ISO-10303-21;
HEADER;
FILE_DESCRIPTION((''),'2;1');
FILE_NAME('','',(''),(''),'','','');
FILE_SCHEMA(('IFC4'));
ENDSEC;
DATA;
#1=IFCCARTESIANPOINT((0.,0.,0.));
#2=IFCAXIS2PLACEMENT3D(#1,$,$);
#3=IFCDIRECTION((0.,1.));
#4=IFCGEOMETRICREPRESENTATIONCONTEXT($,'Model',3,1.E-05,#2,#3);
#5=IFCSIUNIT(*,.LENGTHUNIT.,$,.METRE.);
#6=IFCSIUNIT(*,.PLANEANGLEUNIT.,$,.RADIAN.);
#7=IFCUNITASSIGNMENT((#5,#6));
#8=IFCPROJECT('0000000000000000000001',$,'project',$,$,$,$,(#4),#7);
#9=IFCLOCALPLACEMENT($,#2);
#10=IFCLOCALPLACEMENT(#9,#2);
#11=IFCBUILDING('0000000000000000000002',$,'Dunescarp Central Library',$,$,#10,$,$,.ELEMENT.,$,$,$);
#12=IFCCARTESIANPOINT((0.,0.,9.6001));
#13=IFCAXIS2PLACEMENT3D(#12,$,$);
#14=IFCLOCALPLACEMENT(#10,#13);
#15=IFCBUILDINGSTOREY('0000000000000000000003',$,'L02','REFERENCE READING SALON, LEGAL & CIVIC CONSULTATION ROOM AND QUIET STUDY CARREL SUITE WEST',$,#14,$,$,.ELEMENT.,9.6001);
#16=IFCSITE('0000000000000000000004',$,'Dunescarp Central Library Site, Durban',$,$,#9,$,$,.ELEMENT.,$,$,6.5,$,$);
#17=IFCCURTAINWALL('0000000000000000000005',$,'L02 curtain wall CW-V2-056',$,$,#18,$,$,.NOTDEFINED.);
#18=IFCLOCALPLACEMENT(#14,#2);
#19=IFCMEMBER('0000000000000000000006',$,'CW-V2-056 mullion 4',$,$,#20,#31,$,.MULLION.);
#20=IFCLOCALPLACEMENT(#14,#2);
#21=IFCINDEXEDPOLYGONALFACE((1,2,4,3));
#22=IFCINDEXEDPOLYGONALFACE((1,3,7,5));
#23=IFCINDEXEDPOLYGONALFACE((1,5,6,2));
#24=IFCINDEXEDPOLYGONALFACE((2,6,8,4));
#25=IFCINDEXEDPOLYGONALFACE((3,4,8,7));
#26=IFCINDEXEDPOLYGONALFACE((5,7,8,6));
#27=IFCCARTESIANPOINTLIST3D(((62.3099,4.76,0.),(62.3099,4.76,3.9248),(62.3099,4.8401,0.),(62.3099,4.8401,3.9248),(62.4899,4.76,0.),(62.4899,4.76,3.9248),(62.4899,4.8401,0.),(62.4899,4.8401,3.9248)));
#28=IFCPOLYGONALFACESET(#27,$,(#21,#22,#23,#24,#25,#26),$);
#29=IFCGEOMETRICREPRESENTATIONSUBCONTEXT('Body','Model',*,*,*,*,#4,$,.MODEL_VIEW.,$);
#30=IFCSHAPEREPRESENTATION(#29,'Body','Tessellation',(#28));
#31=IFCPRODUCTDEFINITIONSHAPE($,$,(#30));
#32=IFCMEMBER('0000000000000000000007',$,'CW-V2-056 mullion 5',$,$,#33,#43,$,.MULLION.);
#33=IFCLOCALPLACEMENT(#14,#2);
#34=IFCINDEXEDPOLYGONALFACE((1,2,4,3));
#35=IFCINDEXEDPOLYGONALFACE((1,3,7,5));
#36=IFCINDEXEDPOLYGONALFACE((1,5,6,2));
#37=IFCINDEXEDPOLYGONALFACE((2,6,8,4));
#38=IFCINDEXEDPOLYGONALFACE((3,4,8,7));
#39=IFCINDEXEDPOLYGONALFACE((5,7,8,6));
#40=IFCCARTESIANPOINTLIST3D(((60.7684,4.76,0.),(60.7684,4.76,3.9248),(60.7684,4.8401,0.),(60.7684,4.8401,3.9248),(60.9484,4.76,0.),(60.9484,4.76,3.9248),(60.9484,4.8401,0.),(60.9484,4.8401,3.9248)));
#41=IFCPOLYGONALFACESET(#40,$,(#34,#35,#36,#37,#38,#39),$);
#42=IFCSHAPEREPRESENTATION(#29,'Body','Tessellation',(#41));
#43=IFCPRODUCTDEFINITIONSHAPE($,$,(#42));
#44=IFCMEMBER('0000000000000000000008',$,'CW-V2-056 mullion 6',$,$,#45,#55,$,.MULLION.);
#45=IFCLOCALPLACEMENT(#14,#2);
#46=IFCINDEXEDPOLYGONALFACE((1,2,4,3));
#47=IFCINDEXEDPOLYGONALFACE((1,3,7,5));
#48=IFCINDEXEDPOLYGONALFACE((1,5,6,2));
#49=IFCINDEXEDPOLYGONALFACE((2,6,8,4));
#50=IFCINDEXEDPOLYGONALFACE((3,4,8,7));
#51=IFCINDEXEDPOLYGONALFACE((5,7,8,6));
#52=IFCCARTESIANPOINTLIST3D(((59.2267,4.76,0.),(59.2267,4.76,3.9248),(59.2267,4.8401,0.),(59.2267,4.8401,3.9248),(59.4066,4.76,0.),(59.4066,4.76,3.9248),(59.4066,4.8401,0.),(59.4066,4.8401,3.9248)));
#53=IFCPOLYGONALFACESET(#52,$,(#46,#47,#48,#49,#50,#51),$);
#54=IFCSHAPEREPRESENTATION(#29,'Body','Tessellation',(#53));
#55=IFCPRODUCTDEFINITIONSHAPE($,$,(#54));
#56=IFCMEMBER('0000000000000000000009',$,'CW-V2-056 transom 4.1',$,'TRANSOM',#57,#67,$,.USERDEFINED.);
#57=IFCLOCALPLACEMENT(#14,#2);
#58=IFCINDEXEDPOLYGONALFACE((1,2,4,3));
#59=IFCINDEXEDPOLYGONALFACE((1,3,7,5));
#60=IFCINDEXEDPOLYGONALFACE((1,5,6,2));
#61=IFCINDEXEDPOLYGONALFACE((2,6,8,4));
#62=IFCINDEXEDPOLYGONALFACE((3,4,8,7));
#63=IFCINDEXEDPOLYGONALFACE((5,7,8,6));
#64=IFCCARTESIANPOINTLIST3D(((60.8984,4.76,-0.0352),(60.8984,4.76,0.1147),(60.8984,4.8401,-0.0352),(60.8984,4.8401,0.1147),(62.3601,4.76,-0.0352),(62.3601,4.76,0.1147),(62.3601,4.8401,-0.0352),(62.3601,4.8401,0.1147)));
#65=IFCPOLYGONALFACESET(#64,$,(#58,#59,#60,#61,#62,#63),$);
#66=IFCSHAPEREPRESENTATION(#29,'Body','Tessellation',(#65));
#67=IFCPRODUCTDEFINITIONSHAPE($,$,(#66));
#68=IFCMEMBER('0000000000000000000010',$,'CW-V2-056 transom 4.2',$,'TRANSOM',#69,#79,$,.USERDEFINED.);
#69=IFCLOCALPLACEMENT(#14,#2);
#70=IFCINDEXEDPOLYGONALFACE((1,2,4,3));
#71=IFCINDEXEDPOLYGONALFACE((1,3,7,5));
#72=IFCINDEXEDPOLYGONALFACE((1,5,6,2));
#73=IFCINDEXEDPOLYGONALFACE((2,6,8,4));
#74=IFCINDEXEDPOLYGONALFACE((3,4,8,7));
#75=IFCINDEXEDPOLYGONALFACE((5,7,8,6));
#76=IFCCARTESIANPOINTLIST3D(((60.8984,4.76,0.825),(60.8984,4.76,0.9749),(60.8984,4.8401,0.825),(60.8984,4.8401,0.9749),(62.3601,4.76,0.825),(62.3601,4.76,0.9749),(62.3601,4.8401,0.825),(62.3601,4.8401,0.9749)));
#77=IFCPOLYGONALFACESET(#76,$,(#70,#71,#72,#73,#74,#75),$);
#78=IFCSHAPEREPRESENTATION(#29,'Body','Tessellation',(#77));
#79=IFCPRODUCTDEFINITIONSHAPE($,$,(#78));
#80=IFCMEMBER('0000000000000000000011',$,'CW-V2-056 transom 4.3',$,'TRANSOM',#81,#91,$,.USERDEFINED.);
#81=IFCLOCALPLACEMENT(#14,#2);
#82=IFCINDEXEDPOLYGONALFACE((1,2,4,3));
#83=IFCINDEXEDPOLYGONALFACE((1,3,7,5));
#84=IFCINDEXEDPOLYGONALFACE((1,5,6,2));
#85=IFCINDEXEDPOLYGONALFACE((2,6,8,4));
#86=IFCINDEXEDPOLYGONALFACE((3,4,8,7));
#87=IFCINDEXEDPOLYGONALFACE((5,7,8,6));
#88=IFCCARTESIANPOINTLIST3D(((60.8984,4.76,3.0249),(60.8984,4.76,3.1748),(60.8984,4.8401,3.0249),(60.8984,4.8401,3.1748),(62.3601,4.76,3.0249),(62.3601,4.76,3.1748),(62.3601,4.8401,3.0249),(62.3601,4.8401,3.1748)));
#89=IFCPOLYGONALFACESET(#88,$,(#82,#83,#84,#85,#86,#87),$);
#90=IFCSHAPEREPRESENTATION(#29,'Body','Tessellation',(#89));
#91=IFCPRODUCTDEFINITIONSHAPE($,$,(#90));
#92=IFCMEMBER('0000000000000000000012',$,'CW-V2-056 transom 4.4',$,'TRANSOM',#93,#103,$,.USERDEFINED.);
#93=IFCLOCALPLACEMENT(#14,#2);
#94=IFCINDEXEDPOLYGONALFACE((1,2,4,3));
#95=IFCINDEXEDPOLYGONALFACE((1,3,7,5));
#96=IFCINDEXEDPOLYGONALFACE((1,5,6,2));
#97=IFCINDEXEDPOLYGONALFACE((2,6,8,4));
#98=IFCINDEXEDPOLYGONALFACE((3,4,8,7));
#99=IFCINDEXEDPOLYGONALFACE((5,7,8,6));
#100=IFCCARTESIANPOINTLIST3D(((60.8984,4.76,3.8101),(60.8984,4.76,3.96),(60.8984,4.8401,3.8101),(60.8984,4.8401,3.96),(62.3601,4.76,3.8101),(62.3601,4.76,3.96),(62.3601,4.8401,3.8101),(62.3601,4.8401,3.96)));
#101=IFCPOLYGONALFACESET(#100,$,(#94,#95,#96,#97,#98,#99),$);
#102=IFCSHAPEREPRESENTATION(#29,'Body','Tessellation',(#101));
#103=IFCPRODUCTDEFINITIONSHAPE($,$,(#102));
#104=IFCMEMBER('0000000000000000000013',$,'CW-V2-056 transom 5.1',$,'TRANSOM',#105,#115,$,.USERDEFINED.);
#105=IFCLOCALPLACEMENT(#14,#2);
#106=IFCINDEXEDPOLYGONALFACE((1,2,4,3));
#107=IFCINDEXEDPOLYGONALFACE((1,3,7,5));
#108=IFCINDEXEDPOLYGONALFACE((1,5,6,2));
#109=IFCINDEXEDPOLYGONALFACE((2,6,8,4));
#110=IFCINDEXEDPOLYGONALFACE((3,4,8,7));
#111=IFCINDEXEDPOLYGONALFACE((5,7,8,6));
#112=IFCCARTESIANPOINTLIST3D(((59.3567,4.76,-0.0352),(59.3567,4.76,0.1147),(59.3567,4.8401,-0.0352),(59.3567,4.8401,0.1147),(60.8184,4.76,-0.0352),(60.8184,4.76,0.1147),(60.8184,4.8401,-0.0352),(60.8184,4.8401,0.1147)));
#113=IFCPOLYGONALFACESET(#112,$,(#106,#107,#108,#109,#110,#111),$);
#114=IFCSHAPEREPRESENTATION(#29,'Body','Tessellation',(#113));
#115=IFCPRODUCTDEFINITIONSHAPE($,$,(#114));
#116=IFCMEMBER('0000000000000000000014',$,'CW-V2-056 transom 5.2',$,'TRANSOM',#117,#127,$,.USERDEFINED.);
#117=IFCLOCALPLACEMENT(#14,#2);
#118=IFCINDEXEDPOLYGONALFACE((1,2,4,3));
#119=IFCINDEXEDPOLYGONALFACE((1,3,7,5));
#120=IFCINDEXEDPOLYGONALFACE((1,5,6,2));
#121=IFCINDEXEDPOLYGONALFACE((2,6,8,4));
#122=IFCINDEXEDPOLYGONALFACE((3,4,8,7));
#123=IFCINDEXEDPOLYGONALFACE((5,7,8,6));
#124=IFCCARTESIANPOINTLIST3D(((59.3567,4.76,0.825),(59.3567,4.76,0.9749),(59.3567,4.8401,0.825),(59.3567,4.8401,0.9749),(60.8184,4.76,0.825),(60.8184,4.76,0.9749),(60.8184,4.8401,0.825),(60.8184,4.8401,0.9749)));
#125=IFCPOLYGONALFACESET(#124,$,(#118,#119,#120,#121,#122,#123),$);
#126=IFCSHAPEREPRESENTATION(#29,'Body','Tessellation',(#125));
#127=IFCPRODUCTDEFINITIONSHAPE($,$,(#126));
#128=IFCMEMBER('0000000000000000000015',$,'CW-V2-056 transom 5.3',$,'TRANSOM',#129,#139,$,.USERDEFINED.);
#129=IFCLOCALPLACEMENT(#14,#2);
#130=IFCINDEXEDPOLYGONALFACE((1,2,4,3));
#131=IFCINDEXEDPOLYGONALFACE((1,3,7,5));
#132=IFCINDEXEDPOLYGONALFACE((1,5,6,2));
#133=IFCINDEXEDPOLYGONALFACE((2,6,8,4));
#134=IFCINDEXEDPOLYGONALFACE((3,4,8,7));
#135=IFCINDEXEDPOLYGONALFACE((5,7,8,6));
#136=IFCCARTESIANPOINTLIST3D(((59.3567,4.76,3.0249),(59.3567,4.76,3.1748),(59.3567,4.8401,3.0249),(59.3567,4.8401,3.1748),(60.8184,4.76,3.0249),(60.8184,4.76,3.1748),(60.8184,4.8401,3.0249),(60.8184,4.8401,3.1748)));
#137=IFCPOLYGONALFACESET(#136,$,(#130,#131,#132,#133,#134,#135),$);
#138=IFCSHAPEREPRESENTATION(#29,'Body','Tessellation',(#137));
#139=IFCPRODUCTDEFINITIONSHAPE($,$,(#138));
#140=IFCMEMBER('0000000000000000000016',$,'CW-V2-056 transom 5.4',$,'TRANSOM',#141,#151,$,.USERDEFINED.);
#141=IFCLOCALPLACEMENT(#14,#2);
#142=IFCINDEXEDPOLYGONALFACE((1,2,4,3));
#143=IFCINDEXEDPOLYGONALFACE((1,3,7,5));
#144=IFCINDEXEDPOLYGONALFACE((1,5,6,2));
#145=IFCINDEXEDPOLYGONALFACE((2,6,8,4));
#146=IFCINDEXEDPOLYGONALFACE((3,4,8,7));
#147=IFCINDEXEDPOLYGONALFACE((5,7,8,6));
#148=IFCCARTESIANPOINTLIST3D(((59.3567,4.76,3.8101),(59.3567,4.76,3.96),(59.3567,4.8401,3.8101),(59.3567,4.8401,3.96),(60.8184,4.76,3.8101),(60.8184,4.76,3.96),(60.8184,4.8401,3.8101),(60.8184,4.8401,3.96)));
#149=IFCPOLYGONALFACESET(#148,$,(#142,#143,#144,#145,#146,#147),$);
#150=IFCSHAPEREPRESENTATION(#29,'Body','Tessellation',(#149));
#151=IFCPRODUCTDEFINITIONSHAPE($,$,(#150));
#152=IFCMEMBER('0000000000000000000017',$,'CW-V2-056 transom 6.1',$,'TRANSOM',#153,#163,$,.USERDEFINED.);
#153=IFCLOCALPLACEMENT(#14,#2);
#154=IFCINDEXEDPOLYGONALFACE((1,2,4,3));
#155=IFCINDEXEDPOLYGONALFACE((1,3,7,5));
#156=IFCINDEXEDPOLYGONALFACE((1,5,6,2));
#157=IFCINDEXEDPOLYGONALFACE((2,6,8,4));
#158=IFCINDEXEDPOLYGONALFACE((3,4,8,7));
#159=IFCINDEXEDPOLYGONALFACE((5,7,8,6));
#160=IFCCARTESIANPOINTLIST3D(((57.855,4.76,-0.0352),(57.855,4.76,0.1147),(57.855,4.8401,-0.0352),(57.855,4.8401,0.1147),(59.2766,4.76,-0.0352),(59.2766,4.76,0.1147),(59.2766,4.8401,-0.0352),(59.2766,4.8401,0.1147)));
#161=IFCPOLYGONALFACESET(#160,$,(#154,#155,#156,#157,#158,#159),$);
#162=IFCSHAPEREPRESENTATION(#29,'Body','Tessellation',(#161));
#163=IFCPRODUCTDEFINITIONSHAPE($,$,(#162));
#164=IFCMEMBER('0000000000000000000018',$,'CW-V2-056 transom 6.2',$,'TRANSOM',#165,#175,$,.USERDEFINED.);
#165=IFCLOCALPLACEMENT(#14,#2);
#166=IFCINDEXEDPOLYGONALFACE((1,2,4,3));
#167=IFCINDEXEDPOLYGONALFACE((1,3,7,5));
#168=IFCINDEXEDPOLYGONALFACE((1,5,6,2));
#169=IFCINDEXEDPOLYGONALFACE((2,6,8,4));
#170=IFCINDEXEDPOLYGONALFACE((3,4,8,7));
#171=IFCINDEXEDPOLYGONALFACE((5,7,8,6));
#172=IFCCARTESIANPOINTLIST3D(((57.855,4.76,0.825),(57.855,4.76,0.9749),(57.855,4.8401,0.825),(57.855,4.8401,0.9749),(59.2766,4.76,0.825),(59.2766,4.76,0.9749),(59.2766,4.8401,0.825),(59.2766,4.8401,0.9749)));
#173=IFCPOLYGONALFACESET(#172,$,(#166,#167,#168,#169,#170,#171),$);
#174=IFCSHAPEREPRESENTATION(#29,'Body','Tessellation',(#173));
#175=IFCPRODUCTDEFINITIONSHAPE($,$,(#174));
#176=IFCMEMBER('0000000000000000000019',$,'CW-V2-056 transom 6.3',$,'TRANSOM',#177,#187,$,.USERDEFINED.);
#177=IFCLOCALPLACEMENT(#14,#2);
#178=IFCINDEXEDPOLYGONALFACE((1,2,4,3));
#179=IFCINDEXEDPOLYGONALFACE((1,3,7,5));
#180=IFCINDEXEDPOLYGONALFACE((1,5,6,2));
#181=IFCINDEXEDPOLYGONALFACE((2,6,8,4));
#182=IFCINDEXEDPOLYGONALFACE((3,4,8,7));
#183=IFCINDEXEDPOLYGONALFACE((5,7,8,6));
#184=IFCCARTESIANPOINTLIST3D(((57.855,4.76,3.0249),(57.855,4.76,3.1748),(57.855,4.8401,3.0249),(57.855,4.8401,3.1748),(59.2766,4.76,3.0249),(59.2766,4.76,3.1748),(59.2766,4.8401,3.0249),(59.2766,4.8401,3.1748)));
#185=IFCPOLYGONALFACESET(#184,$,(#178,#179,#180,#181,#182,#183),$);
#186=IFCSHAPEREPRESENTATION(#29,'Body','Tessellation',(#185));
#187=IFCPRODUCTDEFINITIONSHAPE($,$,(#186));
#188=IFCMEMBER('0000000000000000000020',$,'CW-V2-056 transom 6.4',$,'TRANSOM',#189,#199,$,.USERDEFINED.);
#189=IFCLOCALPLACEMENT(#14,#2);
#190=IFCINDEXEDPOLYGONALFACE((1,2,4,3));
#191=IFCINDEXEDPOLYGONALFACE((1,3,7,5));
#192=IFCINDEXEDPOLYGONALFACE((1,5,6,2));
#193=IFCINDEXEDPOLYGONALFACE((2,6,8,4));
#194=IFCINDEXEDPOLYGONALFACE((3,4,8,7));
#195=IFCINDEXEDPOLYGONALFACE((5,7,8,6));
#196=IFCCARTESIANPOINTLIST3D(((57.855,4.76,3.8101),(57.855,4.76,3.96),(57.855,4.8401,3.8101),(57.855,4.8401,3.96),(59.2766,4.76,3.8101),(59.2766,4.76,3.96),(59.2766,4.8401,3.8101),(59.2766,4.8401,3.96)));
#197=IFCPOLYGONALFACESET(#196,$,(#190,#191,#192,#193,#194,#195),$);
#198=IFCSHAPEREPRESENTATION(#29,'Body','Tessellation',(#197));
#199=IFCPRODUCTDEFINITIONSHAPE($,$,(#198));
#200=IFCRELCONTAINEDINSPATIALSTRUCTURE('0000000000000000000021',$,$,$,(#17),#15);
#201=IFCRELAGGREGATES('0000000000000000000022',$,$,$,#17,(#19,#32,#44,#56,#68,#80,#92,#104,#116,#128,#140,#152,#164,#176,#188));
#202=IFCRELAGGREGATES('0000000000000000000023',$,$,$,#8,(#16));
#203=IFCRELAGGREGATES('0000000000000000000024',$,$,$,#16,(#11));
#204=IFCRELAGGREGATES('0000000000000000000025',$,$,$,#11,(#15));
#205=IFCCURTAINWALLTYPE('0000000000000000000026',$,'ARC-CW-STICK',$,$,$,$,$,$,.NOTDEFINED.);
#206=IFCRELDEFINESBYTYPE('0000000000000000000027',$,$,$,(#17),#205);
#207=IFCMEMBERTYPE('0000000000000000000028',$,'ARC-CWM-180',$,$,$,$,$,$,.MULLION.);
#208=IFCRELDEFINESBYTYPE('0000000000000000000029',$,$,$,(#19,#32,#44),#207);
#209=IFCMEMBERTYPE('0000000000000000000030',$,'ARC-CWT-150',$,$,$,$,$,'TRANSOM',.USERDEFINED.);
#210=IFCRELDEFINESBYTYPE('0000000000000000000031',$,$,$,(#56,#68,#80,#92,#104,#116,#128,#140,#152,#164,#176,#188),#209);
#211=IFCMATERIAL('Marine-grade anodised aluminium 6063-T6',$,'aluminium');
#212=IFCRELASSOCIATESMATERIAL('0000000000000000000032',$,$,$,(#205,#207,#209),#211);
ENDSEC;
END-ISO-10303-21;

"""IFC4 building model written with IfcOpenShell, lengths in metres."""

from ifc_helpers import new_model, si_unit, direction, frame, origin, origin_2d, place, context, subcontext, project, spatial, rectangle, extrude, material, material_profile, profile_set, type_object, element, aggregate, save


model = new_model("IFC4")

# Units and contexts
model_context = context("Model", 3, precision=1e-05, world=origin(), true_north=direction((0.0, 1.0)))
body_context = subcontext(model_context, "Body", "Model", "MODEL_VIEW")
ifc_project = project(units=[si_unit("LENGTHUNIT", "METRE"), si_unit("PLANEANGLEUNIT", "RADIAN")], contexts=[model_context])

# Site, building, storey
site_placement = place(None, origin())
site = spatial("IfcSite", under=ifc_project, at=site_placement, Name="Dunescarp Central Library Site, Durban", CompositionType="ELEMENT", RefElevation=6.5)
building_placement = place(site_placement, origin())
building = spatial("IfcBuilding", under=site, at=building_placement, Name="Dunescarp Central Library", CompositionType="ELEMENT")
storey_placement = place(building_placement, frame((0.0, 0.0, 9.6001)))
storey = spatial("IfcBuildingStorey", under=building, at=storey_placement, Name="L02", Description="REFERENCE READING SALON, LEGAL & CIVIC CONSULTATION ROOM AND QUIET STUDY CARREL SUITE WEST", CompositionType="ELEMENT", Elevation=9.6001)

# Curtain wall, members
ifc_material_1 = material(Name="Marine-grade anodised aluminium 6063-T6", Category="aluminium")
curtain_wall_type = type_object("IfcCurtainWallType", Name="ARC-CW-STICK", PredefinedType="NOTDEFINED", material=ifc_material_1)
curtain_wall_placement = place(storey_placement, origin())
curtain_wall = element("IfcCurtainWall", 1, at=curtain_wall_placement, inside=storey, type_object=curtain_wall_type, Name="L02 curtain wall CW-V2-056", PredefinedType="NOTDEFINED")
ifc_material_profile_1 = material_profile(ifc_material_1, rectangle(XDim=0.0801, YDim=0.1799, at=origin_2d()), Name="AL 80x180")
ifc_profile_set_1 = profile_set([ifc_material_profile_1], Name="Marine-grade anodised aluminium 6063-T6")
member_type_1 = type_object("IfcMemberType", Name="ARC-CWM-180", PredefinedType="MULLION", material=ifc_profile_set_1)
member_1_placement = place(storey_placement, frame((62.3999, 4.8, 0.0), z_axis=(0.0, 0.0, 1.0), x_axis=(0.0, -1.0, 0.0)))
member_1 = element("IfcMember", 2, at=member_1_placement, type_object=member_type_1, Name="CW-V2-056 mullion 4", PredefinedType="MULLION", context=body_context, shape_type="SweptSolid", body=[
    extrude(rectangle(XDim=0.0801, YDim=0.1799, at=origin_2d()), origin(), (0.0, 0.0, 1.0), 3.9248),
])
member_2_placement = place(storey_placement, frame((60.8584, 4.8, 0.0), z_axis=(0.0, 0.0, 1.0), x_axis=(0.0, -1.0, 0.0)))
member_2 = element("IfcMember", 3, at=member_2_placement, type_object=member_type_1, Name="CW-V2-056 mullion 5", PredefinedType="MULLION", context=body_context, shape_type="SweptSolid", body=[
    extrude(rectangle(XDim=0.0801, YDim=0.1799, at=origin_2d()), origin(), (0.0, 0.0, 1.0), 3.9248),
])
member_3_placement = place(storey_placement, frame((59.3167, 4.8, 0.0), z_axis=(0.0, 0.0, 1.0), x_axis=(0.0, -1.0, 0.0)))
member_3 = element("IfcMember", 4, at=member_3_placement, type_object=member_type_1, Name="CW-V2-056 mullion 6", PredefinedType="MULLION", context=body_context, shape_type="SweptSolid", body=[
    extrude(rectangle(XDim=0.0801, YDim=0.1799, at=origin_2d()), origin(), (0.0, 0.0, 1.0), 3.9248),
])
ifc_material_profile_2 = material_profile(ifc_material_1, rectangle(XDim=0.0801, YDim=0.1499, at=origin_2d()), Name="AL 80x150")
ifc_profile_set_2 = profile_set([ifc_material_profile_2], Name="Marine-grade anodised aluminium 6063-T6")
member_type_2 = type_object("IfcMemberType", Name="ARC-CWT-150", ElementType="TRANSOM", PredefinedType="USERDEFINED", material=ifc_profile_set_2)
member_4_placement = place(storey_placement, frame((62.3601, 4.8, 0.0398), z_axis=(-1.0, 0.0, 0.0), x_axis=(0.0, -1.0, 0.0)))
member_4 = element("IfcMember", 5, at=member_4_placement, type_object=member_type_2, Name="CW-V2-056 transom 4.1", ObjectType="TRANSOM", PredefinedType="USERDEFINED", context=body_context, shape_type="SweptSolid", body=[
    extrude(rectangle(XDim=0.0801, YDim=0.1499, at=origin_2d()), origin(), (0.0, 0.0, 1.0), 1.4617),
])
member_5_placement = place(storey_placement, frame((62.3601, 4.8, 0.8999), z_axis=(-1.0, 0.0, 0.0), x_axis=(0.0, -1.0, 0.0)))
member_5 = element("IfcMember", 6, at=member_5_placement, type_object=member_type_2, Name="CW-V2-056 transom 4.2", ObjectType="TRANSOM", PredefinedType="USERDEFINED", context=body_context, shape_type="SweptSolid", body=[
    extrude(rectangle(XDim=0.0801, YDim=0.1499, at=origin_2d()), origin(), (0.0, 0.0, 1.0), 1.4617),
])
member_6_placement = place(storey_placement, frame((62.3601, 4.8, 3.0999), z_axis=(-1.0, 0.0, 0.0), x_axis=(0.0, -1.0, 0.0)))
member_6 = element("IfcMember", 7, at=member_6_placement, type_object=member_type_2, Name="CW-V2-056 transom 4.3", ObjectType="TRANSOM", PredefinedType="USERDEFINED", context=body_context, shape_type="SweptSolid", body=[
    extrude(rectangle(XDim=0.0801, YDim=0.1499, at=origin_2d()), origin(), (0.0, 0.0, 1.0), 1.4617),
])
member_7_placement = place(storey_placement, frame((62.3601, 4.8, 3.885), z_axis=(-1.0, 0.0, 0.0), x_axis=(0.0, -1.0, 0.0)))
member_7 = element("IfcMember", 8, at=member_7_placement, type_object=member_type_2, Name="CW-V2-056 transom 4.4", ObjectType="TRANSOM", PredefinedType="USERDEFINED", context=body_context, shape_type="SweptSolid", body=[
    extrude(rectangle(XDim=0.0801, YDim=0.1499, at=origin_2d()), origin(), (0.0, 0.0, 1.0), 1.4617),
])
member_8_placement = place(storey_placement, frame((60.8184, 4.8, 0.0398), z_axis=(-1.0, 0.0, 0.0), x_axis=(0.0, -1.0, 0.0)))
member_8 = element("IfcMember", 9, at=member_8_placement, type_object=member_type_2, Name="CW-V2-056 transom 5.1", ObjectType="TRANSOM", PredefinedType="USERDEFINED", context=body_context, shape_type="SweptSolid", body=[
    extrude(rectangle(XDim=0.0801, YDim=0.1499, at=origin_2d()), origin(), (0.0, 0.0, 1.0), 1.4617),
])
member_9_placement = place(storey_placement, frame((60.8184, 4.8, 0.8999), z_axis=(-1.0, 0.0, 0.0), x_axis=(0.0, -1.0, 0.0)))
member_9 = element("IfcMember", 10, at=member_9_placement, type_object=member_type_2, Name="CW-V2-056 transom 5.2", ObjectType="TRANSOM", PredefinedType="USERDEFINED", context=body_context, shape_type="SweptSolid", body=[
    extrude(rectangle(XDim=0.0801, YDim=0.1499, at=origin_2d()), origin(), (0.0, 0.0, 1.0), 1.4617),
])
member_10_placement = place(storey_placement, frame((60.8184, 4.8, 3.0999), z_axis=(-1.0, 0.0, 0.0), x_axis=(0.0, -1.0, 0.0)))
member_10 = element("IfcMember", 11, at=member_10_placement, type_object=member_type_2, Name="CW-V2-056 transom 5.3", ObjectType="TRANSOM", PredefinedType="USERDEFINED", context=body_context, shape_type="SweptSolid", body=[
    extrude(rectangle(XDim=0.0801, YDim=0.1499, at=origin_2d()), origin(), (0.0, 0.0, 1.0), 1.4617),
])
member_11_placement = place(storey_placement, frame((60.8184, 4.8, 3.885), z_axis=(-1.0, 0.0, 0.0), x_axis=(0.0, -1.0, 0.0)))
member_11 = element("IfcMember", 12, at=member_11_placement, type_object=member_type_2, Name="CW-V2-056 transom 5.4", ObjectType="TRANSOM", PredefinedType="USERDEFINED", context=body_context, shape_type="SweptSolid", body=[
    extrude(rectangle(XDim=0.0801, YDim=0.1499, at=origin_2d()), origin(), (0.0, 0.0, 1.0), 1.4617),
])
member_12_placement = place(storey_placement, frame((59.2766, 4.8, 0.0398), z_axis=(-1.0, 0.0, 0.0), x_axis=(0.0, -1.0, 0.0)))
member_12 = element("IfcMember", 13, at=member_12_placement, type_object=member_type_2, Name="CW-V2-056 transom 6.1", ObjectType="TRANSOM", PredefinedType="USERDEFINED", context=body_context, shape_type="SweptSolid", body=[
    extrude(rectangle(XDim=0.0801, YDim=0.1499, at=origin_2d()), origin(), (0.0, 0.0, 1.0), 1.4216),
])
member_13_placement = place(storey_placement, frame((59.2766, 4.8, 0.8999), z_axis=(-1.0, 0.0, 0.0), x_axis=(0.0, -1.0, 0.0)))
member_13 = element("IfcMember", 14, at=member_13_placement, type_object=member_type_2, Name="CW-V2-056 transom 6.2", ObjectType="TRANSOM", PredefinedType="USERDEFINED", context=body_context, shape_type="SweptSolid", body=[
    extrude(rectangle(XDim=0.0801, YDim=0.1499, at=origin_2d()), origin(), (0.0, 0.0, 1.0), 1.4216),
])
member_14_placement = place(storey_placement, frame((59.2766, 4.8, 3.0999), z_axis=(-1.0, 0.0, 0.0), x_axis=(0.0, -1.0, 0.0)))
member_14 = element("IfcMember", 15, at=member_14_placement, type_object=member_type_2, Name="CW-V2-056 transom 6.3", ObjectType="TRANSOM", PredefinedType="USERDEFINED", context=body_context, shape_type="SweptSolid", body=[
    extrude(rectangle(XDim=0.0801, YDim=0.1499, at=origin_2d()), origin(), (0.0, 0.0, 1.0), 1.4216),
])
member_15_placement = place(storey_placement, frame((59.2766, 4.8, 3.885), z_axis=(-1.0, 0.0, 0.0), x_axis=(0.0, -1.0, 0.0)))
member_15 = element("IfcMember", 16, at=member_15_placement, type_object=member_type_2, Name="CW-V2-056 transom 6.4", ObjectType="TRANSOM", PredefinedType="USERDEFINED", context=body_context, shape_type="SweptSolid", body=[
    extrude(rectangle(XDim=0.0801, YDim=0.1499, at=origin_2d()), origin(), (0.0, 0.0, 1.0), 1.4216),
])
aggregate(curtain_wall, [member_1, member_2, member_3, member_4, member_5, member_6, member_7, member_8, member_9, member_10, member_11, member_12, member_13, member_14, member_15])

save(model, "model.ifc")
